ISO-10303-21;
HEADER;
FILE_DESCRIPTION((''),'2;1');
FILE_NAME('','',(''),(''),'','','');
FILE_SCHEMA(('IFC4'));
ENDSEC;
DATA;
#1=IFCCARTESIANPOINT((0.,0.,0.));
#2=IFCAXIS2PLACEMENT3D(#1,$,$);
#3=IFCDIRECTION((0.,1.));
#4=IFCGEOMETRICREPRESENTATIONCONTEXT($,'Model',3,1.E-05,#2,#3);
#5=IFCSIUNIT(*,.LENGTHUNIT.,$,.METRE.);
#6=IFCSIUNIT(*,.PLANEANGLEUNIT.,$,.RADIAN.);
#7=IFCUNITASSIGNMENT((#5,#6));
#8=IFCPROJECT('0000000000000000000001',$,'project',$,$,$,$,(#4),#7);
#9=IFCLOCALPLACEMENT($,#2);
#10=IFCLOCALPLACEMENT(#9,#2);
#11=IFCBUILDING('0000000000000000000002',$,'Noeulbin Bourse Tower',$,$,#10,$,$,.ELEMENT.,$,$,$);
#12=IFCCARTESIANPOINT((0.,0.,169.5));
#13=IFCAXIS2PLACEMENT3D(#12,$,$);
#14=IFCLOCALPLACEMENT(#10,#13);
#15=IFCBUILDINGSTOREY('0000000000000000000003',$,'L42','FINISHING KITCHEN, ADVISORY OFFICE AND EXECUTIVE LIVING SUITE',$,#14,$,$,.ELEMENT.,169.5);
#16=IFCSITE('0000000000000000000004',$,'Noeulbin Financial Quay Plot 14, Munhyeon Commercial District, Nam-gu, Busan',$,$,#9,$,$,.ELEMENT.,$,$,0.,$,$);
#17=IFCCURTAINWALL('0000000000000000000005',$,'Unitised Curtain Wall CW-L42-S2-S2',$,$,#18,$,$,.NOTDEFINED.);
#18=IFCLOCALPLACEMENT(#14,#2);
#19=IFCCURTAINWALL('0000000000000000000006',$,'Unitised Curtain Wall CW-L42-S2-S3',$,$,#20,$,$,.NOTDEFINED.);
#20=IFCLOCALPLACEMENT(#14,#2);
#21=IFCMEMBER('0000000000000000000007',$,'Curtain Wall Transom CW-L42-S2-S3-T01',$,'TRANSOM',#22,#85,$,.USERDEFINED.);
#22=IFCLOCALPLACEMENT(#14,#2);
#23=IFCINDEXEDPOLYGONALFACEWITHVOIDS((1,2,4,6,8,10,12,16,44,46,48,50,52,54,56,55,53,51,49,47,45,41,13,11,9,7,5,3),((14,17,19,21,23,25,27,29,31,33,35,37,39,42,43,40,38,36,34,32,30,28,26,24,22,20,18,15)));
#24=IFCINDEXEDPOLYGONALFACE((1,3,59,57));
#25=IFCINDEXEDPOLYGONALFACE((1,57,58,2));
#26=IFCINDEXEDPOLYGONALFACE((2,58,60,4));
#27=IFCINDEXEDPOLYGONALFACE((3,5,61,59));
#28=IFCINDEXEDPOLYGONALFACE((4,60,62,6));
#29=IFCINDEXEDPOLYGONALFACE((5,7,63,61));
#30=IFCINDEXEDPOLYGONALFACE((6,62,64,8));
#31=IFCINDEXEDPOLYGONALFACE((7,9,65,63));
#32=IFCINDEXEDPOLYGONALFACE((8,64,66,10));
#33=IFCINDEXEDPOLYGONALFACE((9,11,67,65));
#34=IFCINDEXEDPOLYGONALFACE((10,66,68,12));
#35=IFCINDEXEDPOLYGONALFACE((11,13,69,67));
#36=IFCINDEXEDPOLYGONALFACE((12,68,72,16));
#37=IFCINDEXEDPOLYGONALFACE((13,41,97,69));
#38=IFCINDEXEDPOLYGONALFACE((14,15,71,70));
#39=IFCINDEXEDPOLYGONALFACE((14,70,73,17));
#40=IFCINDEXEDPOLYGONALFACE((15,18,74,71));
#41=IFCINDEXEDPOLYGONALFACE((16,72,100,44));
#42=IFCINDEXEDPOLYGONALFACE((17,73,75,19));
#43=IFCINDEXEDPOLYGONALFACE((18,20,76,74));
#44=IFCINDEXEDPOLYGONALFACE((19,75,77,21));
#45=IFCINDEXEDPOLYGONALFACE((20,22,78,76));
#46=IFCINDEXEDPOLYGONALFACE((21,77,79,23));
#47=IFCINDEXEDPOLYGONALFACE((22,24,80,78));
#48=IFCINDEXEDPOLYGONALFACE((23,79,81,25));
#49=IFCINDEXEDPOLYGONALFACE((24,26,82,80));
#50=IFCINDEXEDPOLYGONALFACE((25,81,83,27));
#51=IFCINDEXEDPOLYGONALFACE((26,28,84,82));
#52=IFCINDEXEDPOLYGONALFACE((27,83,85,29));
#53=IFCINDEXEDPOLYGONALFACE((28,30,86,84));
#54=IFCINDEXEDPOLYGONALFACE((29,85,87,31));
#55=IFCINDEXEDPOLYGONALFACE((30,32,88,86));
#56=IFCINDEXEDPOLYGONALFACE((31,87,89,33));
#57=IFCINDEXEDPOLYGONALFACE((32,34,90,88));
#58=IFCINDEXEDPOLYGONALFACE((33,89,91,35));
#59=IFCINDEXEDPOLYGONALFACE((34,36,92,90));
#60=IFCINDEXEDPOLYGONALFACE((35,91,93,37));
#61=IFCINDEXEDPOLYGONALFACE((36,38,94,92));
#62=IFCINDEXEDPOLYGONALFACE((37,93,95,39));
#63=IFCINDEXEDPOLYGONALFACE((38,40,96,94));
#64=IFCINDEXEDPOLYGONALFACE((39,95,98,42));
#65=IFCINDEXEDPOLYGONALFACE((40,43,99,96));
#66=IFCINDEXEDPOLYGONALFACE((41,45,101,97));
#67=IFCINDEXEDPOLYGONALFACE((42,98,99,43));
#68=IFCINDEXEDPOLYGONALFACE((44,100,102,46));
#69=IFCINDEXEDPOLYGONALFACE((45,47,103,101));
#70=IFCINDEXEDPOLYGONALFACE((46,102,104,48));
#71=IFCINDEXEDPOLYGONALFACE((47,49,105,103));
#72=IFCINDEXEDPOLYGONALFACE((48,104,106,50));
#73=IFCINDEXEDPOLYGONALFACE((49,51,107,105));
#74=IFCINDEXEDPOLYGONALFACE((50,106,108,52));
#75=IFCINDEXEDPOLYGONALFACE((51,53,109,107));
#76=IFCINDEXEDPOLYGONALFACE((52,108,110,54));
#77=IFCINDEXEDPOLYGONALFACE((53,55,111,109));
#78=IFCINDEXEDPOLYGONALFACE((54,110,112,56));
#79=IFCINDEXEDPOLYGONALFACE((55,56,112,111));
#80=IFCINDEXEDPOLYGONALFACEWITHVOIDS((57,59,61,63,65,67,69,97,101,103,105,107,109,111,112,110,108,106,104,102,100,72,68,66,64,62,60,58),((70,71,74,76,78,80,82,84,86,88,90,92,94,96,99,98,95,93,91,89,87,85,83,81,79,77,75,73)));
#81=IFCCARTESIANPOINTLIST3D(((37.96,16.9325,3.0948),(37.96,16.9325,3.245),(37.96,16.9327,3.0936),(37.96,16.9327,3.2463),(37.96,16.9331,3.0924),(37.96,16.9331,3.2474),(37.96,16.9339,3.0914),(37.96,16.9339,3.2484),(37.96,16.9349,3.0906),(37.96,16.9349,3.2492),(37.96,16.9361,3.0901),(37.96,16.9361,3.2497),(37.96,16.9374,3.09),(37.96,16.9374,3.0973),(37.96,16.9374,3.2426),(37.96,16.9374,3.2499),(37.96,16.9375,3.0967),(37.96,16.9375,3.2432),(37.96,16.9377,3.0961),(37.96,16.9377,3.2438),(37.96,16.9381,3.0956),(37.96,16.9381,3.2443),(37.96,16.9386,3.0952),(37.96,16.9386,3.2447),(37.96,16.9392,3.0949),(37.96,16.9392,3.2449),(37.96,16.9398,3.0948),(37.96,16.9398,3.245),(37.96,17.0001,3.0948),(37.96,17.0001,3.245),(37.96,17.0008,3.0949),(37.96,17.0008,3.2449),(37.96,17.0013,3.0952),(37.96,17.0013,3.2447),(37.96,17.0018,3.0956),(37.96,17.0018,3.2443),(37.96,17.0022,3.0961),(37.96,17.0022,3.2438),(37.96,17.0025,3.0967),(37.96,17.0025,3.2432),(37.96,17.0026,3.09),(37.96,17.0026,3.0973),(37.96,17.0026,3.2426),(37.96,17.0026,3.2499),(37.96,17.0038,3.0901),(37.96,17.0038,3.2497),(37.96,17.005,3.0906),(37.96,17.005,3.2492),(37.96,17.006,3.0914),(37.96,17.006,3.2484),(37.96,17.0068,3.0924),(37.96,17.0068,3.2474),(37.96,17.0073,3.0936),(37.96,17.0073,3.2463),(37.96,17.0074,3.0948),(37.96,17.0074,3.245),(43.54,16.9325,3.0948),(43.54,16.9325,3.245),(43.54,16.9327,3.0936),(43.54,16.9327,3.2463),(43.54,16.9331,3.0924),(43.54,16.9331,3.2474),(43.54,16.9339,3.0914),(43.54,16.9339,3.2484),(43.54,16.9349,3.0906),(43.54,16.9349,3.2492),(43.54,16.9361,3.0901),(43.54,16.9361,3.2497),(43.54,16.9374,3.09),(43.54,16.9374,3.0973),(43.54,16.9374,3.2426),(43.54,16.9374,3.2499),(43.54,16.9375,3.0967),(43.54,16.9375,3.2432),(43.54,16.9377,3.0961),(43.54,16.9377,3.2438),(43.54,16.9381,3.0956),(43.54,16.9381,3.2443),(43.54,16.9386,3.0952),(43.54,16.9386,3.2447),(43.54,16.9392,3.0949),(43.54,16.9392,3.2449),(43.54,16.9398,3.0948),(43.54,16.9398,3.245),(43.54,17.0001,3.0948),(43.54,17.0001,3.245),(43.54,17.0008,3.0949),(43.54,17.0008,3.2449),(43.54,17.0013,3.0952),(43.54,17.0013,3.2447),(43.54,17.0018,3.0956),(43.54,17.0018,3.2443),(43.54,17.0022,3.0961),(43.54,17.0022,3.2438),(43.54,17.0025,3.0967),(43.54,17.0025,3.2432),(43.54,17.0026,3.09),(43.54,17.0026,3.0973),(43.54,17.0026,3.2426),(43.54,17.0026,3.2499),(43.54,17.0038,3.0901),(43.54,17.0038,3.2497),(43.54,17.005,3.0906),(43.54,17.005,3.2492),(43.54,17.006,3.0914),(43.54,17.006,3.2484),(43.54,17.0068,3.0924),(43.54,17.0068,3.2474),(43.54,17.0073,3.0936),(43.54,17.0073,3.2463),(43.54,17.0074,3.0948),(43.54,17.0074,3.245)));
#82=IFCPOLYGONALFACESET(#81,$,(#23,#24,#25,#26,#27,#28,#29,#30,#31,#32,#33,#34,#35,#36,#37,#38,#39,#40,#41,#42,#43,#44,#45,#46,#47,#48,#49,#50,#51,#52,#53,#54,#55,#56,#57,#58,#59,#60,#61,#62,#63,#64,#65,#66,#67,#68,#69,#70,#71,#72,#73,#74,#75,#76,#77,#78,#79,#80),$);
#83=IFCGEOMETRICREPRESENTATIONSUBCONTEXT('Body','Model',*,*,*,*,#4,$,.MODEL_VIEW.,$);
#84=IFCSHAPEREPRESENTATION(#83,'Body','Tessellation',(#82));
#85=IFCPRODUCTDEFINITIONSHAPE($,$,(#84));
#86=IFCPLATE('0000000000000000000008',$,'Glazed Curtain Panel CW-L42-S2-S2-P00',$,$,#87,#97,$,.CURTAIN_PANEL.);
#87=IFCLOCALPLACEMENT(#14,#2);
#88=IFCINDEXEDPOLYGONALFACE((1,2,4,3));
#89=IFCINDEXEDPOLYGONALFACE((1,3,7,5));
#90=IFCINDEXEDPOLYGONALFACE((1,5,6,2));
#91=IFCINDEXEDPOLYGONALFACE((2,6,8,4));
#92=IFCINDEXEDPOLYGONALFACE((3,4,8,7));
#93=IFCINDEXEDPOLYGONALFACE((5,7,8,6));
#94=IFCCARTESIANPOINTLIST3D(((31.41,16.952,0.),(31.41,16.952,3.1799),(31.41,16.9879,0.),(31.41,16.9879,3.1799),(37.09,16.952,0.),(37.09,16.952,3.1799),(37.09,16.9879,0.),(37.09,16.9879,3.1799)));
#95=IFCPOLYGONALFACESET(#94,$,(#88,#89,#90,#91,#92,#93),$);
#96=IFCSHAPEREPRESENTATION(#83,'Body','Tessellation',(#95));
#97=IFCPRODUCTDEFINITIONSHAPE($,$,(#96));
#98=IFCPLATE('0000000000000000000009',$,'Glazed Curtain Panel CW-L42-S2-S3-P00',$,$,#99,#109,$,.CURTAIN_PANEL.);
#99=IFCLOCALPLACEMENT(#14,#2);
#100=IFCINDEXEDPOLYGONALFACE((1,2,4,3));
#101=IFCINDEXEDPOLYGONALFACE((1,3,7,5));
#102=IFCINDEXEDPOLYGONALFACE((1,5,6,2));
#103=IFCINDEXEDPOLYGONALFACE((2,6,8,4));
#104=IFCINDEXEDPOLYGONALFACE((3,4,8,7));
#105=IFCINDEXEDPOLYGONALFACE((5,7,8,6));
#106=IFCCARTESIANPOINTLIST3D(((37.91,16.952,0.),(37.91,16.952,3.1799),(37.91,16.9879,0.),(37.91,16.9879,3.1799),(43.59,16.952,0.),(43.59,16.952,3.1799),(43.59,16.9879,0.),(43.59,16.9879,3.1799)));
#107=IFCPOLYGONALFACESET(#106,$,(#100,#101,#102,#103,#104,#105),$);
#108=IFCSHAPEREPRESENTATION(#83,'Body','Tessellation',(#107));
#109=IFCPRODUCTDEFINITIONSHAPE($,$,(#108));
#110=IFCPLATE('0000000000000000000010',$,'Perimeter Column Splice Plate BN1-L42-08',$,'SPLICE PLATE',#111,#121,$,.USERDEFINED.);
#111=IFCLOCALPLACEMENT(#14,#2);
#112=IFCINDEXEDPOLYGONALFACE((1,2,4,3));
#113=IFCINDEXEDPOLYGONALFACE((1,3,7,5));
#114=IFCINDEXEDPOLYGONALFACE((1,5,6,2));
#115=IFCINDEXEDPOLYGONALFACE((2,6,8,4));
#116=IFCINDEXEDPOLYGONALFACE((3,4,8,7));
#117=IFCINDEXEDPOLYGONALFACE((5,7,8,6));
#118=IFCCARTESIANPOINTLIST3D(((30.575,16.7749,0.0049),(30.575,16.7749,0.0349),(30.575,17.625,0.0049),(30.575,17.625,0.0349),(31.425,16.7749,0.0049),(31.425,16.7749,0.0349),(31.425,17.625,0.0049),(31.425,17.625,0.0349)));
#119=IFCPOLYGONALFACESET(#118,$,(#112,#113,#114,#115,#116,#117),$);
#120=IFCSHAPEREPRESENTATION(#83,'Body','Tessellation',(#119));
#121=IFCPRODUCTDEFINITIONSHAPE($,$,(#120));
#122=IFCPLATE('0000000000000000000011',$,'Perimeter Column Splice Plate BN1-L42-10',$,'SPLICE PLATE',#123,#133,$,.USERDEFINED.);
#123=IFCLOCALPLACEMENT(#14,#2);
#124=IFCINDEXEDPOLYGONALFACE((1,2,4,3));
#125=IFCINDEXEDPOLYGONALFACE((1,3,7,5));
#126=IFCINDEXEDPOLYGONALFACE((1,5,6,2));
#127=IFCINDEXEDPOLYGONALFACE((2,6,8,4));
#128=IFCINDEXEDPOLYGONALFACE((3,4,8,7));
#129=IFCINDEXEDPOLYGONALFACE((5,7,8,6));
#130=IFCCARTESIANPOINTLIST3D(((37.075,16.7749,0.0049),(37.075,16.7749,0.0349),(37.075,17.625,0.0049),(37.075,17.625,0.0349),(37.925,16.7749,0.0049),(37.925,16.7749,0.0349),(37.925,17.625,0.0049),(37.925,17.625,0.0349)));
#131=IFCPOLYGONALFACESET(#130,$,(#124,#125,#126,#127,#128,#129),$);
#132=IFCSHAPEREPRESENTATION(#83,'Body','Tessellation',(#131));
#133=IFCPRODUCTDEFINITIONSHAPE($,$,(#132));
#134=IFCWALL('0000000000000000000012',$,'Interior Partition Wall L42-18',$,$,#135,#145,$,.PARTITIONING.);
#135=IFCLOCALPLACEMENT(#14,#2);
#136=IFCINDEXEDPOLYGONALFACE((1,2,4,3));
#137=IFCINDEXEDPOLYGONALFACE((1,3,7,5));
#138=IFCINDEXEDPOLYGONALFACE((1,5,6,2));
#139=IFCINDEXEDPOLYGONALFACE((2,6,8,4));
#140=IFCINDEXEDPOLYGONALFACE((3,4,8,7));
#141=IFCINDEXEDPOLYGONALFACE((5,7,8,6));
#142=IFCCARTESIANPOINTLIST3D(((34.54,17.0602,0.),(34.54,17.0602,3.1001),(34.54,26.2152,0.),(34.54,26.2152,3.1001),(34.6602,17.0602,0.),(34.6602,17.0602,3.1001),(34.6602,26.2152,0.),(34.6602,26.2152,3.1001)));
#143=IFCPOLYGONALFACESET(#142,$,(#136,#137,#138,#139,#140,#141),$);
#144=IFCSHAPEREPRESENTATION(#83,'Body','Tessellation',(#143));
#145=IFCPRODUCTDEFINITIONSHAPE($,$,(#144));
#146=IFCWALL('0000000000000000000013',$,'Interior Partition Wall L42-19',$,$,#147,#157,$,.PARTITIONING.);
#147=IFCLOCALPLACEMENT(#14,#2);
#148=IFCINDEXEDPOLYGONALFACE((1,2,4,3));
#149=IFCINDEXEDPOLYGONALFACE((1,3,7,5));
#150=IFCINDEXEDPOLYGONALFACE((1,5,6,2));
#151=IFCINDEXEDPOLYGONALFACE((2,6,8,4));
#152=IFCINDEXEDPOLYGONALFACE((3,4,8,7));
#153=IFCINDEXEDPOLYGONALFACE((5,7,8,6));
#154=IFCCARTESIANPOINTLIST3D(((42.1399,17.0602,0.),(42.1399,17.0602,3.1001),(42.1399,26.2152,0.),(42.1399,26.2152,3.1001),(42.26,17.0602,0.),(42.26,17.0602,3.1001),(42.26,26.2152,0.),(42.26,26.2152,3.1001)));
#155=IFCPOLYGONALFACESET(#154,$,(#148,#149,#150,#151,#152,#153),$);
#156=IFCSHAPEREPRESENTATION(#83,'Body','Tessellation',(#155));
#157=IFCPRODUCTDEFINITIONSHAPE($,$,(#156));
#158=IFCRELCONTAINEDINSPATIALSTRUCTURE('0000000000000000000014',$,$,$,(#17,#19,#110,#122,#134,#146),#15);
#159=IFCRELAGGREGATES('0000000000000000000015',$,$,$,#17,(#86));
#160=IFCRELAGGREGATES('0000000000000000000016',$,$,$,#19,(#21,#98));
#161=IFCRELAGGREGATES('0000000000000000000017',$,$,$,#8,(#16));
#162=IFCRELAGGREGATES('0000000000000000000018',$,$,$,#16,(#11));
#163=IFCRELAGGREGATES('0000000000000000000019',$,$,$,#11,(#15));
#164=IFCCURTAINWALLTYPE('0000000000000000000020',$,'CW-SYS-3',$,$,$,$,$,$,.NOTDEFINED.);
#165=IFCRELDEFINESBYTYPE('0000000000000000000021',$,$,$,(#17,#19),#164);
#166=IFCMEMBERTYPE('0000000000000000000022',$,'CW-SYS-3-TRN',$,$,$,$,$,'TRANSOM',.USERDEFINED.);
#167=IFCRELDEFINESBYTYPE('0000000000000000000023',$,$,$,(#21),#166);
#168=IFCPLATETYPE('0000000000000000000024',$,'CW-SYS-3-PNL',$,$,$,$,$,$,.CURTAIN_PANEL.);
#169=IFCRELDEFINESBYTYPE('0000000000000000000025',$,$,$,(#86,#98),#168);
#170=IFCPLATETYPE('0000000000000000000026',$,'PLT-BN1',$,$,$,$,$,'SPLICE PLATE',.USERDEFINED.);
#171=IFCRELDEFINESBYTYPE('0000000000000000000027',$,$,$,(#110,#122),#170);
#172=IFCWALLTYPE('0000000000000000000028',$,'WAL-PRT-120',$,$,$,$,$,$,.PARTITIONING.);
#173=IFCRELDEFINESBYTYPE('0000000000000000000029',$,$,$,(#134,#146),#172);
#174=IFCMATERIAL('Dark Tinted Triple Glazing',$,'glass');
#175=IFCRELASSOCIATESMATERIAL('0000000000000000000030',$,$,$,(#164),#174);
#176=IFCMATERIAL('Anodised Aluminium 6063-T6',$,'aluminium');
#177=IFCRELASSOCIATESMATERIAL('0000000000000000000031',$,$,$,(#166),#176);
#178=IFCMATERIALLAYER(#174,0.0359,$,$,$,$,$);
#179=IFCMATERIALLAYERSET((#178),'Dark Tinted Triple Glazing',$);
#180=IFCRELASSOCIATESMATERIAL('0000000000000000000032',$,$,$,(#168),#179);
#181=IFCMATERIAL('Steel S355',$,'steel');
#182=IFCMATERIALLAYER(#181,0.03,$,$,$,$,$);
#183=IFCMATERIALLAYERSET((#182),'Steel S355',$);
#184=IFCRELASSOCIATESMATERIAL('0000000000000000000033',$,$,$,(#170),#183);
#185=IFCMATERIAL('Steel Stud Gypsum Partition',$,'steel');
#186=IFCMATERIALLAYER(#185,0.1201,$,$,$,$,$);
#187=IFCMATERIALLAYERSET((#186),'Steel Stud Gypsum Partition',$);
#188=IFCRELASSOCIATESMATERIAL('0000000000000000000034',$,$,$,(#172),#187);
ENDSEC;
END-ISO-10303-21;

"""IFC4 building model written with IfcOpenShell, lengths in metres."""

from ifc_helpers import new_model, si_unit, direction, frame, frame_2d, origin, origin_2d, place, context, subcontext, project, spatial, rectangle, hollow_rectangle, extrude, material, layer, layer_set, material_profile, profile_set, type_object, element, aggregate, save


model = new_model("IFC4")

# Units and contexts
model_context = context("Model", 3, precision=1e-05, world=origin(), true_north=direction((0.0, 1.0)))
body_context = subcontext(model_context, "Body", "Model", "MODEL_VIEW")
ifc_project = project(units=[si_unit("LENGTHUNIT", "METRE"), si_unit("PLANEANGLEUNIT", "RADIAN")], contexts=[model_context])

# Site, building, storey
site_placement = place(None, origin())
site = spatial("IfcSite", under=ifc_project, at=site_placement, Name="Noeulbin Financial Quay Plot 14, Munhyeon Commercial District, Nam-gu, Busan", CompositionType="ELEMENT", RefElevation=0.0)
building_placement = place(site_placement, origin())
building = spatial("IfcBuilding", under=site, at=building_placement, Name="Noeulbin Bourse Tower", CompositionType="ELEMENT")
storey_placement = place(building_placement, frame((0.0, 0.0, 169.5)))
storey = spatial("IfcBuildingStorey", under=building, at=storey_placement, Name="L42", Description="FINISHING KITCHEN, ADVISORY OFFICE AND EXECUTIVE LIVING SUITE", CompositionType="ELEMENT", Elevation=169.5)

# Shared definitions
ifc_material_1 = material(Name="Steel S355", Category="steel")

# Curtain wall
ifc_material_2 = material(Name="Dark Tinted Triple Glazing", Category="glass")
curtain_wall_type = type_object("IfcCurtainWallType", Name="CW-SYS-3", PredefinedType="NOTDEFINED", material=ifc_material_2)
curtain_wall_1_placement = place(storey_placement, origin())
curtain_wall_1 = element("IfcCurtainWall", 1, at=curtain_wall_1_placement, inside=storey, type_object=curtain_wall_type, Name="Unitised Curtain Wall CW-L42-S2-S2", PredefinedType="NOTDEFINED")
ifc_material_3 = material(Name="Anodised Aluminium 6063-T6", Category="aluminium")

# Curtain wall
curtain_wall_2_placement = place(storey_placement, origin())
curtain_wall_2 = element("IfcCurtainWall", 2, at=curtain_wall_2_placement, inside=storey, type_object=curtain_wall_type, Name="Unitised Curtain Wall CW-L42-S2-S3", PredefinedType="NOTDEFINED")

# Member
ifc_material_profile_1 = material_profile(ifc_material_3, hollow_rectangle(XDim=0.075, YDim=0.1599, WallThickness=0.0049, InnerFilletRadius=0.0024, OuterFilletRadius=0.0049, at=origin_2d()), Name="ALU-TRAN-75x160x5", Category="LoadBearing")
ifc_profile_set_1 = profile_set([ifc_material_profile_1], Name="Anodised Aluminium 6063-T6")
member_type_1 = type_object("IfcMemberType", Name="CW-SYS-3-TRN", ElementType="TRANSOM", PredefinedType="USERDEFINED", material=ifc_profile_set_1)
member_1_placement = place(storey_placement, frame((37.96, 16.97, 3.1699), z_axis=(1.0, 0.0, 0.0), x_axis=(0.0, 1.0, 0.0)))
member_1 = element("IfcMember", 3, at=member_1_placement, type_object=member_type_1, Name="Curtain Wall Transom CW-L42-S2-S3-T01", ObjectType="TRANSOM", PredefinedType="USERDEFINED", context=body_context, shape_type="SweptSolid", body=[
    extrude(hollow_rectangle(XDim=0.075, YDim=0.1599, WallThickness=0.0049, InnerFilletRadius=0.0024, OuterFilletRadius=0.0049, at=origin_2d()), origin(), (0.0, 0.0, 1.0), 5.5801),
])

# Plates
ifc_layer_1 = layer(ifc_material_2, 0.0359)
ifc_layer_set_1 = layer_set([ifc_layer_1], Name="Dark Tinted Triple Glazing")
plate_type_1 = type_object("IfcPlateType", Name="CW-SYS-3-PNL", PredefinedType="CURTAIN_PANEL", material=ifc_layer_set_1)
plate_1_placement = place(storey_placement, frame((34.25, 16.97, 0.0), z_axis=(0.0, 0.0, 1.0), x_axis=(1.0, 0.0, 0.0)))
plate_1 = element("IfcPlate", 4, at=plate_1_placement, type_object=plate_type_1, Name="Glazed Curtain Panel CW-L42-S2-S2-P00", PredefinedType="CURTAIN_PANEL", context=body_context, shape_type="SweptSolid", body=[
    extrude(rectangle(XDim=5.6799, YDim=0.0359, at=origin_2d()), origin(), (0.0, 0.0, 1.0), 3.1799),
])
aggregate(curtain_wall_1, [plate_1])
plate_2_placement = place(storey_placement, frame((40.75, 16.97, 0.0), z_axis=(0.0, 0.0, 1.0), x_axis=(1.0, 0.0, 0.0)))
plate_2 = element("IfcPlate", 5, at=plate_2_placement, type_object=plate_type_1, Name="Glazed Curtain Panel CW-L42-S2-S3-P00", PredefinedType="CURTAIN_PANEL", context=body_context, shape_type="SweptSolid", body=[
    extrude(rectangle(XDim=5.6799, YDim=0.0359, at=origin_2d()), origin(), (0.0, 0.0, 1.0), 3.1799),
])
aggregate(curtain_wall_2, [member_1, plate_2])

# Plates
ifc_layer_2 = layer(ifc_material_1, 0.03)
ifc_layer_set_2 = layer_set([ifc_layer_2], Name="Steel S355")
plate_type_2 = type_object("IfcPlateType", Name="PLT-BN1", ElementType="SPLICE PLATE", PredefinedType="USERDEFINED", material=ifc_layer_set_2)
for number, where, z_axis, x_axis, name in (
    (6, (31.0, 17.2, 0.0049), (0.0, 0.0, 1.0), (1.0, 0.0, 0.0), "Perimeter Column Splice Plate BN1-L42-08"),
    (7, (37.5, 17.2, 0.0049), (0.0, 0.0, 1.0), (1.0, 0.0, 0.0), "Perimeter Column Splice Plate BN1-L42-10"),
):
    element("IfcPlate", number, at=place(storey_placement, frame(where, z_axis=z_axis, x_axis=x_axis)), inside=storey, type_object=plate_type_2, Name=name, ObjectType="SPLICE PLATE", PredefinedType="USERDEFINED", context=body_context, shape_type="SweptSolid", body=[
        extrude(rectangle(XDim=0.8501, YDim=0.8501, at=origin_2d()), origin(), (0.0, 0.0, 1.0), 0.03),
    ])

# Walls
ifc_material_4 = material(Name="Steel Stud Gypsum Partition", Category="steel")
ifc_layer_3 = layer(ifc_material_4, 0.1201)
ifc_layer_set_3 = layer_set([ifc_layer_3], Name="Steel Stud Gypsum Partition")
wall_type = type_object("IfcWallType", Name="WAL-PRT-120", PredefinedType="PARTITIONING", material=ifc_layer_set_3)
for number, where, z_axis, x_axis, name in (
    (8, (34.6001, 17.0601, 0.0), (0.0, 0.0, 1.0), (0.0, 1.0, 0.0), "Interior Partition Wall L42-18"),
    (9, (42.2, 17.0601, 0.0), (0.0, 0.0, 1.0), (0.0, 1.0, 0.0), "Interior Partition Wall L42-19"),
):
    element("IfcWall", number, at=place(storey_placement, frame(where, z_axis=z_axis, x_axis=x_axis)), inside=storey, type_object=wall_type, Name=name, PredefinedType="PARTITIONING", context=body_context, shape_type="SweptSolid", body=[
        extrude(rectangle(XDim=9.155, YDim=0.1201, at=frame_2d((4.5776, 0.0))), origin(), (0.0, 0.0, 1.0), 3.1001),
    ])

save(model, "model.ifc")
